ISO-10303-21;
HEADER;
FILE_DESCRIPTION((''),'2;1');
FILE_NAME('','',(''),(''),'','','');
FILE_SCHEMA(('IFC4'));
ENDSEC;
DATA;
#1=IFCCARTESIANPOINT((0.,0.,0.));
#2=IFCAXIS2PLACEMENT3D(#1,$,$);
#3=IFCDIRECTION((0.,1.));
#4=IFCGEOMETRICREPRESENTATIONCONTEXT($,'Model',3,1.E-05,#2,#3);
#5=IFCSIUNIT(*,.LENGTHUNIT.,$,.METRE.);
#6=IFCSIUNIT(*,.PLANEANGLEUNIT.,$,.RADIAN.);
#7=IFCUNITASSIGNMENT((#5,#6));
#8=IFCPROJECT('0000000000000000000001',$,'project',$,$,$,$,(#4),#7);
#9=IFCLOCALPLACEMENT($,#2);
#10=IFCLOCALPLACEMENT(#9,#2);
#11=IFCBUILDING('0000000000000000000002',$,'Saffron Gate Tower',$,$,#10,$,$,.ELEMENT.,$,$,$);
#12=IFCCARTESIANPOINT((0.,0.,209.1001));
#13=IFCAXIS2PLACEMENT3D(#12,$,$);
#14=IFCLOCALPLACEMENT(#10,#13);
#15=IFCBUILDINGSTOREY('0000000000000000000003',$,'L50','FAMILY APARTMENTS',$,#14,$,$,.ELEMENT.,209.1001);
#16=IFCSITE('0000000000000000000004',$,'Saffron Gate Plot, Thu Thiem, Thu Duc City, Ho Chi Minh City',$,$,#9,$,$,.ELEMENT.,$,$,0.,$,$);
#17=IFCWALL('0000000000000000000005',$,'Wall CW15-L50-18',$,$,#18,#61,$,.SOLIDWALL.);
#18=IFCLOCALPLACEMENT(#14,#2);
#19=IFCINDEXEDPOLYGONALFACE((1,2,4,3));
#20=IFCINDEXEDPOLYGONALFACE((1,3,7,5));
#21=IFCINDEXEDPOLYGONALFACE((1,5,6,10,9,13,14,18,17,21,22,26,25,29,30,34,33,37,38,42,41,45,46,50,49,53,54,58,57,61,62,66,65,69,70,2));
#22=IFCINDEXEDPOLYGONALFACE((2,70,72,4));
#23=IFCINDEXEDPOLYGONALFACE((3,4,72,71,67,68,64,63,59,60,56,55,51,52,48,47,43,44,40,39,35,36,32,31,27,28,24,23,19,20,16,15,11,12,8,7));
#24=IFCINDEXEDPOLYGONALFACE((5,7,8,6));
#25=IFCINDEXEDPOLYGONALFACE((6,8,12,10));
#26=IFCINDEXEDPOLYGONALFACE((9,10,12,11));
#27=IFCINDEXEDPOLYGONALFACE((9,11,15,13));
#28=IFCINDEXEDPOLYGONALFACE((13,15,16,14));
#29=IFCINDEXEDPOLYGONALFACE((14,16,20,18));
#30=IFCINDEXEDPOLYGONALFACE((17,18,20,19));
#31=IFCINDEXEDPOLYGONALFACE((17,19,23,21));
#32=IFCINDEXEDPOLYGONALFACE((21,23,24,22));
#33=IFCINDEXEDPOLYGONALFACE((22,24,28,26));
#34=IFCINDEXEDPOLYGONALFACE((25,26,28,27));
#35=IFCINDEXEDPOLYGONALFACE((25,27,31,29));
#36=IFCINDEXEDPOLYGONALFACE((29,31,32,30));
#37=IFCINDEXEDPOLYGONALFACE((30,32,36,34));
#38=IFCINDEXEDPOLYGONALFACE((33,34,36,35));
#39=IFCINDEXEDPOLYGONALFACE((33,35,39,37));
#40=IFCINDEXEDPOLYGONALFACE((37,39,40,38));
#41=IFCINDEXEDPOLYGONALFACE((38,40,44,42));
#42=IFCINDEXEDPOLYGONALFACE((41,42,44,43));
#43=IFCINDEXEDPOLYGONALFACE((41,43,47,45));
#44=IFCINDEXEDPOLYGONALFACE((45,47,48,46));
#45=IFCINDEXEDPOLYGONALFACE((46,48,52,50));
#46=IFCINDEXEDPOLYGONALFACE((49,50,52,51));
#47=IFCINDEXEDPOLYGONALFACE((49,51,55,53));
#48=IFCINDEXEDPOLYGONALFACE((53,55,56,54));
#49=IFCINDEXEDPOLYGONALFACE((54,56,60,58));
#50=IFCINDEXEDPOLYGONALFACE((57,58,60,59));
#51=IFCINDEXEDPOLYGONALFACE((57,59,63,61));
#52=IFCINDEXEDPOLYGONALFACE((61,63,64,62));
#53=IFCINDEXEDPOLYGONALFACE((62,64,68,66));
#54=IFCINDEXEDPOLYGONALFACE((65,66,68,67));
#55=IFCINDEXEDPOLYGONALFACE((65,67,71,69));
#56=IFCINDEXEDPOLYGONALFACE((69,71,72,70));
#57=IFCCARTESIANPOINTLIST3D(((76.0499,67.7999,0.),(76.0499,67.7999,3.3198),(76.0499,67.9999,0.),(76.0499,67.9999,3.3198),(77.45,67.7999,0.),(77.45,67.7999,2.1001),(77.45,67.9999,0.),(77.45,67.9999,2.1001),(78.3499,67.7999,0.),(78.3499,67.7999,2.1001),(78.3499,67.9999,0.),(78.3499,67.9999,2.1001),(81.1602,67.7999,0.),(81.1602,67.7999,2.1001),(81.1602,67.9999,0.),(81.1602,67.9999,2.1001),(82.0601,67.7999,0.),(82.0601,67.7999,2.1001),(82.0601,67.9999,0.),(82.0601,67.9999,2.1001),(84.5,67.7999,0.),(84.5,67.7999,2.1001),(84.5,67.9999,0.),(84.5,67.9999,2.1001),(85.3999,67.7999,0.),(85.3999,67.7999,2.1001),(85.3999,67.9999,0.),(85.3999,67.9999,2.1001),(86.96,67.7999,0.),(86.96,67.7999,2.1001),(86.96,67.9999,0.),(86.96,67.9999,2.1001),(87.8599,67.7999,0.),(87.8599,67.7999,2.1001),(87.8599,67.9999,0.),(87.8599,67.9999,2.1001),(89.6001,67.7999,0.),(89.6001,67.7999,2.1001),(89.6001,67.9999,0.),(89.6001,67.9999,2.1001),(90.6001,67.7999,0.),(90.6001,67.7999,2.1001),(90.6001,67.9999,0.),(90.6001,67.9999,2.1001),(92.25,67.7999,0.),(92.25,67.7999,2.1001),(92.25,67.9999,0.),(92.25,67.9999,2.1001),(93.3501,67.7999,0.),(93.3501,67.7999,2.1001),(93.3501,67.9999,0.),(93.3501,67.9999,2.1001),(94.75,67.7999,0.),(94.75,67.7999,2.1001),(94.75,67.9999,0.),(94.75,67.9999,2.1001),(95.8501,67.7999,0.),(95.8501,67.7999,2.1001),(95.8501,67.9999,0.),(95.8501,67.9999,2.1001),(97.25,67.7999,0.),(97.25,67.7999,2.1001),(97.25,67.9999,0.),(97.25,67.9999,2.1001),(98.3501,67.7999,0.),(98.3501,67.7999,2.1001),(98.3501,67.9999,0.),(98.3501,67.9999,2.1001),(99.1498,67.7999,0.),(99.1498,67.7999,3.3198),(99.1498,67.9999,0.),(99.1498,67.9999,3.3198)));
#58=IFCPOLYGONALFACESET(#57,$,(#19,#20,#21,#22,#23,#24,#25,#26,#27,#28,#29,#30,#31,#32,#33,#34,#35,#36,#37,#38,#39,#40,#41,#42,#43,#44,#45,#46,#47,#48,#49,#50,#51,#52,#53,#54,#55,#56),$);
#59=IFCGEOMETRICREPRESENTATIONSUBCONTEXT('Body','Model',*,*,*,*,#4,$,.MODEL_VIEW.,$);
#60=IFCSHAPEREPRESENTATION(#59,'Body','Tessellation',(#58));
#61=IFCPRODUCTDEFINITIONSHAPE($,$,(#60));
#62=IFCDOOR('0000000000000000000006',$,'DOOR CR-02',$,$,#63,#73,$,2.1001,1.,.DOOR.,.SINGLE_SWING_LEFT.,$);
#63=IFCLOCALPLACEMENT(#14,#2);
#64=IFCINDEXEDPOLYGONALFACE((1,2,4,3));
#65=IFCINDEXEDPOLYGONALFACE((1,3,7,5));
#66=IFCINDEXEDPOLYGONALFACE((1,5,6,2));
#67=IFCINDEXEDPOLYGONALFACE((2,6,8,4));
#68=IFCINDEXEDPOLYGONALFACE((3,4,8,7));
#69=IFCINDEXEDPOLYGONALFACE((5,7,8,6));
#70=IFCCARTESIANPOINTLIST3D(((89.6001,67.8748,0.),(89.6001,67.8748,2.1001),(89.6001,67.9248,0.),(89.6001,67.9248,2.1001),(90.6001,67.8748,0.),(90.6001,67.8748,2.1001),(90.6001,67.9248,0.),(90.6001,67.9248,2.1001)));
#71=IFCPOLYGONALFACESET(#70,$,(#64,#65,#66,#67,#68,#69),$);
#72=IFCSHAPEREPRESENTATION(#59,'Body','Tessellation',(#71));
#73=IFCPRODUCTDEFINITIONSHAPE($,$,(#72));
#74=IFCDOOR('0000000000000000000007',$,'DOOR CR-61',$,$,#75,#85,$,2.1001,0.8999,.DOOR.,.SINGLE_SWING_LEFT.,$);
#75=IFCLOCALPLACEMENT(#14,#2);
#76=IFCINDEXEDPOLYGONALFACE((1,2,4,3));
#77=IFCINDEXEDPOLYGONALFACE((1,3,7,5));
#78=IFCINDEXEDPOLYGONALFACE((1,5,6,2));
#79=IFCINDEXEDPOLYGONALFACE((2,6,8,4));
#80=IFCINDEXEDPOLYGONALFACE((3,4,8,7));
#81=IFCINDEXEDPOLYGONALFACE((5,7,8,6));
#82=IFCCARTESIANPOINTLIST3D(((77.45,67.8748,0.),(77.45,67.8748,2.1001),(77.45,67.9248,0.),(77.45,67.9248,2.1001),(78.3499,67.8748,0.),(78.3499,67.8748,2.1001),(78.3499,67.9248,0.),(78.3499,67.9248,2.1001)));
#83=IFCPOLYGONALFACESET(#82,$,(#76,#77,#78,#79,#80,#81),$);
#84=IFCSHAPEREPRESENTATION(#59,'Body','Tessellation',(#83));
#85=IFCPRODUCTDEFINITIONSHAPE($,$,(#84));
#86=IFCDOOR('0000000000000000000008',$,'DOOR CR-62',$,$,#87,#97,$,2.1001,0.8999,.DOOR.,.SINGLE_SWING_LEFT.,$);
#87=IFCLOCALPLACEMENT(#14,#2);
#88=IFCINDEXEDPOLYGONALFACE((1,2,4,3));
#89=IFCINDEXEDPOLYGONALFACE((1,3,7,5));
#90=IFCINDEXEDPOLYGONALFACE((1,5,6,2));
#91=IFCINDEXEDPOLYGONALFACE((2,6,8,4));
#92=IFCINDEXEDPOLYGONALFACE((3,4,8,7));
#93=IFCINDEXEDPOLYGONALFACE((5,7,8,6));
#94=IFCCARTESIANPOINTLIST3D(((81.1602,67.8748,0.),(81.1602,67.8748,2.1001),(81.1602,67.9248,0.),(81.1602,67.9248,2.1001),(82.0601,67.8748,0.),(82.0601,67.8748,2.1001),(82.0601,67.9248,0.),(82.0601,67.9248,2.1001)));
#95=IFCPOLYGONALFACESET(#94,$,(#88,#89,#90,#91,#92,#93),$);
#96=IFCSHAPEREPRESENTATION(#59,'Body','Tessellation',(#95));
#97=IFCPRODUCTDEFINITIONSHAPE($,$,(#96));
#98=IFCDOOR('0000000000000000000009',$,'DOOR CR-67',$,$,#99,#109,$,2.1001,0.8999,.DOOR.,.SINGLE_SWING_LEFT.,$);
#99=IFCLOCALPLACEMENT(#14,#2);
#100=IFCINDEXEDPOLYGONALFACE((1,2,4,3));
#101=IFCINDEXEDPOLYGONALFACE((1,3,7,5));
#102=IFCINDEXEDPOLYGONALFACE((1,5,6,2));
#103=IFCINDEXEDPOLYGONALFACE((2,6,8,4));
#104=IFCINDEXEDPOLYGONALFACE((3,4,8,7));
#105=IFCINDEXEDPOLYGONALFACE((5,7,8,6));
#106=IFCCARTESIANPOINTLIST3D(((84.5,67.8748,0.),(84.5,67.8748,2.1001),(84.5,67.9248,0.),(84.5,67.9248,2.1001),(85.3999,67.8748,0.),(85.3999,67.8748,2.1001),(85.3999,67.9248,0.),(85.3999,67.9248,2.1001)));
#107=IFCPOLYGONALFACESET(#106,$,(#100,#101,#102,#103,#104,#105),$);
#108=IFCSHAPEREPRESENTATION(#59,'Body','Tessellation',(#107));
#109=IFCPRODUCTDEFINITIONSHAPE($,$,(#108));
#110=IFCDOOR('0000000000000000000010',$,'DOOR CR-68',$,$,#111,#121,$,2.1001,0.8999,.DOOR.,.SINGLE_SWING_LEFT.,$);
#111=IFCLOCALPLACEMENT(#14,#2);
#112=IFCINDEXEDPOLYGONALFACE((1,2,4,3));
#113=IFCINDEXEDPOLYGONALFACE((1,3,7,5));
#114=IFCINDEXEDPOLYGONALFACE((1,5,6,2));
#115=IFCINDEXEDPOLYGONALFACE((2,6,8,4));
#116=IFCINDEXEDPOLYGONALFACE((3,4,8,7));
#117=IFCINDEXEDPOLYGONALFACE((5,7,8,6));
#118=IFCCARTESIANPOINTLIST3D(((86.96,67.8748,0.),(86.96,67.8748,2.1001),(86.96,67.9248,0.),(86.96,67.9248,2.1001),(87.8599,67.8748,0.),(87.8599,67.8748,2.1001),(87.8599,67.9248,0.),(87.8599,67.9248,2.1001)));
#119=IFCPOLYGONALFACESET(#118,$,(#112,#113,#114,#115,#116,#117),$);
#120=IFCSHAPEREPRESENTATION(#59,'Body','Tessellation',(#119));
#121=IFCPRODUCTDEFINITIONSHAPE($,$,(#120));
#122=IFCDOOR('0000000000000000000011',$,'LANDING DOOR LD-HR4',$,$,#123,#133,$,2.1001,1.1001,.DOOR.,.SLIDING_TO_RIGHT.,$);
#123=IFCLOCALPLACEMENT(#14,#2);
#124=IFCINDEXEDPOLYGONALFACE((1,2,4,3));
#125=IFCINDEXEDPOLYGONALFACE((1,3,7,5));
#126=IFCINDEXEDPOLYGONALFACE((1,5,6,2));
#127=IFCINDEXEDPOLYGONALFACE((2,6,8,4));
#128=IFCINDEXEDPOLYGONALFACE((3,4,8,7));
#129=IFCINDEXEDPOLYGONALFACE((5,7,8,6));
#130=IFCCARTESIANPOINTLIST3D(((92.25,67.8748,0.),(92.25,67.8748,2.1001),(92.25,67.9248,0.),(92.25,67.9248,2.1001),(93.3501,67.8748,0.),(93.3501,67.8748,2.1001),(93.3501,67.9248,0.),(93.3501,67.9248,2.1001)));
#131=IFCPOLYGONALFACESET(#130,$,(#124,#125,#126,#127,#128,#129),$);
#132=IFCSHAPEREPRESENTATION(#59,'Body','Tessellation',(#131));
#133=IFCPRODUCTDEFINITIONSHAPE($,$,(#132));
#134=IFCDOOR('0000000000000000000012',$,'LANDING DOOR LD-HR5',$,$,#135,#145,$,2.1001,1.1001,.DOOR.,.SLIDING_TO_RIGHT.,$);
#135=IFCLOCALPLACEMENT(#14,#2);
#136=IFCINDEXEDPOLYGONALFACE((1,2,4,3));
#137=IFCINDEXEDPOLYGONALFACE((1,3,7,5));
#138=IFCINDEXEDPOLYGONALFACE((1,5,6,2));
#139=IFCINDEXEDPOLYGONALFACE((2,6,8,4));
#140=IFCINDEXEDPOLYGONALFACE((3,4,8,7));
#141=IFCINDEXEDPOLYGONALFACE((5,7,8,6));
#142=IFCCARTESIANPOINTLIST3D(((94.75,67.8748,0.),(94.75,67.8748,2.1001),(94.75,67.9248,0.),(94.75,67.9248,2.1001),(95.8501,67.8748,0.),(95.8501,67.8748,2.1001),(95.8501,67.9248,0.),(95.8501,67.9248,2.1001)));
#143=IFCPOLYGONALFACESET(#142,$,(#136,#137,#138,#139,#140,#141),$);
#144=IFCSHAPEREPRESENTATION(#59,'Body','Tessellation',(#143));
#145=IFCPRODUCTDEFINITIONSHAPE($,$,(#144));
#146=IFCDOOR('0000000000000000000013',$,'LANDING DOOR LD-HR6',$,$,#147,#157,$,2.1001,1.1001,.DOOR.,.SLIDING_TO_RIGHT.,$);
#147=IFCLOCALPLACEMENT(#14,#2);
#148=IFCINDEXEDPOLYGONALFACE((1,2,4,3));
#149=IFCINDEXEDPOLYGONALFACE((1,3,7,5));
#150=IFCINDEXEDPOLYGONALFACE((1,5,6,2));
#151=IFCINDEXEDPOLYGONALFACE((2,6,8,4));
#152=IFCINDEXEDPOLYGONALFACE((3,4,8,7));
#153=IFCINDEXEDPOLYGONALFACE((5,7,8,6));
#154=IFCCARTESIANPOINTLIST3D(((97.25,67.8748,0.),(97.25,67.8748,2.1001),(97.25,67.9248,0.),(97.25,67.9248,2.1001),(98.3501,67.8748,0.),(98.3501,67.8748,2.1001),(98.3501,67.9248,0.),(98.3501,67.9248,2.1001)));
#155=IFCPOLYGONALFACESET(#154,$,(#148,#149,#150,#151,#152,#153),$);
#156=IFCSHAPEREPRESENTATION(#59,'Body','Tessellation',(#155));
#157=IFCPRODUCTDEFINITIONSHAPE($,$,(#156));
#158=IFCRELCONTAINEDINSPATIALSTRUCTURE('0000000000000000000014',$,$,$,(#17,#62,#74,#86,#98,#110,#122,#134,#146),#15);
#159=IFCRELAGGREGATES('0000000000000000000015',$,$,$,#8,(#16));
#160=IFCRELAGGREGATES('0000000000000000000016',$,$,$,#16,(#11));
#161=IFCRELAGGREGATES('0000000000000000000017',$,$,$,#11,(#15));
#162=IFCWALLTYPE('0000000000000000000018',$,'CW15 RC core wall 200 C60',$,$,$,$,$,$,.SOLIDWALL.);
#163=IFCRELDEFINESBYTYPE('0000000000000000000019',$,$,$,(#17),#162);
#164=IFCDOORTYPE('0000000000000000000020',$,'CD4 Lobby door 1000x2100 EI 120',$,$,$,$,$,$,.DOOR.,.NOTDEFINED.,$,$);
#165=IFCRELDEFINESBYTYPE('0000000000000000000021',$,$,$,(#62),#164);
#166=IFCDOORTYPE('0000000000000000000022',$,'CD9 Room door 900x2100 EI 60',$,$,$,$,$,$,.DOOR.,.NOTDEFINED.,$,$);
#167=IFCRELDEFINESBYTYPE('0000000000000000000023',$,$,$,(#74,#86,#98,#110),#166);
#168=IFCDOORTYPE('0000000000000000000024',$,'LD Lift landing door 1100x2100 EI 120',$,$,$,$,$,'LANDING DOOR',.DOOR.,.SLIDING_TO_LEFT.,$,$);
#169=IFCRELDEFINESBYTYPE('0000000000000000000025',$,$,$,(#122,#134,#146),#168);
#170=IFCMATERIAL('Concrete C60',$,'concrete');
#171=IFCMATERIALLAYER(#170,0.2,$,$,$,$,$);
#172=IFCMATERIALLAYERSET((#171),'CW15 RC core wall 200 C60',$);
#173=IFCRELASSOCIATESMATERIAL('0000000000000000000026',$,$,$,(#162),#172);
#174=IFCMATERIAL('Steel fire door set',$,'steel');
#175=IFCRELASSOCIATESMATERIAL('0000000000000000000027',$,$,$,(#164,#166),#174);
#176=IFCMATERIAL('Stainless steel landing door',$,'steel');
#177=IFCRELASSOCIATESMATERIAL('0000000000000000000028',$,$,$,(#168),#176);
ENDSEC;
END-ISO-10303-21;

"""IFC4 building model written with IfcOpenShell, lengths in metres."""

from ifc_helpers import new_model, si_unit, direction, frame, frame_2d, origin, place, context, subcontext, project, spatial, rectangle, extrude, material, layer, layer_set, type_object, element, fill, save


model = new_model("IFC4")

# Units and contexts
model_context = context("Model", 3, precision=1e-05, world=origin(), true_north=direction((0.0, 1.0)))
body_context = subcontext(model_context, "Body", "Model", "MODEL_VIEW")
ifc_project = project(units=[si_unit("LENGTHUNIT", "METRE"), si_unit("PLANEANGLEUNIT", "RADIAN")], contexts=[model_context])

# Site, building, storey
site_placement = place(None, origin())
site = spatial("IfcSite", under=ifc_project, at=site_placement, Name="Saffron Gate Plot, Thu Thiem, Thu Duc City, Ho Chi Minh City", CompositionType="ELEMENT", RefElevation=0.0)
building_placement = place(site_placement, origin())
building = spatial("IfcBuilding", under=site, at=building_placement, Name="Saffron Gate Tower", CompositionType="ELEMENT")
storey_placement = place(building_placement, frame((0.0, 0.0, 209.1001)))
storey = spatial("IfcBuildingStorey", under=building, at=storey_placement, Name="L50", Description="FAMILY APARTMENTS", CompositionType="ELEMENT", Elevation=209.1001)

# Shared definitions
ifc_material_1 = material(Name="Concrete C60", Category="concrete")

# Shared definitions
ifc_material_2 = material(Name="Steel fire door set", Category="steel")

# Wall, openings, doors
ifc_layer_1 = layer(ifc_material_1, 0.2)
ifc_layer_set_1 = layer_set([ifc_layer_1], Name="CW15 RC core wall 200 C60")
wall_type_1 = type_object("IfcWallType", Name="CW15 RC core wall 200 C60", PredefinedType="SOLIDWALL", material=ifc_layer_set_1)
wall_1_placement = place(storey_placement, frame((76.05, 67.8999, 0.0), z_axis=(0.0, 0.0, 1.0), x_axis=(1.0, 0.0, 0.0)))
wall_1 = element("IfcWall", 1, at=wall_1_placement, inside=storey, type_object=wall_type_1, Name="Wall CW15-L50-18", PredefinedType="SOLIDWALL", context=body_context, shape_type="SweptSolid", body=[
    extrude(rectangle(XDim=23.0999, YDim=0.2, at=frame_2d((11.5498, 0.0))), origin(), (0.0, 0.0, 1.0), 3.3198),
])
opening_1_placement = place(wall_1_placement, frame((1.3999, 0.0, 0.0)))
opening_1 = element("IfcOpeningElement", 2, at=opening_1_placement, cuts=wall_1, PredefinedType="OPENING", context=body_context, shape_type="SweptSolid", body=[
    extrude(rectangle(XDim=0.8999, YDim=2.1001, at=frame_2d((0.45, 1.05))), frame((0.0, 0.1099, 0.0), z_axis=(0.0, -1.0, 0.0), x_axis=(1.0, 0.0, 0.0)), (0.0, 0.0, 1.0), 0.22),
])
opening_2_placement = place(wall_1_placement, frame((5.1101, 0.0, 0.0)))
opening_2 = element("IfcOpeningElement", 3, at=opening_2_placement, cuts=wall_1, PredefinedType="OPENING", context=body_context, shape_type="SweptSolid", body=[
    extrude(rectangle(XDim=0.8999, YDim=2.1001, at=frame_2d((0.45, 1.05))), frame((0.0, 0.1099, 0.0), z_axis=(0.0, -1.0, 0.0), x_axis=(1.0, 0.0, 0.0)), (0.0, 0.0, 1.0), 0.22),
])
opening_3_placement = place(wall_1_placement, frame((8.45, 0.0, 0.0)))
opening_3 = element("IfcOpeningElement", 4, at=opening_3_placement, cuts=wall_1, PredefinedType="OPENING", context=body_context, shape_type="SweptSolid", body=[
    extrude(rectangle(XDim=0.8999, YDim=2.1001, at=frame_2d((0.45, 1.05))), frame((0.0, 0.1099, 0.0), z_axis=(0.0, -1.0, 0.0), x_axis=(1.0, 0.0, 0.0)), (0.0, 0.0, 1.0), 0.22),
])
opening_4_placement = place(wall_1_placement, frame((10.9099, 0.0, 0.0)))
opening_4 = element("IfcOpeningElement", 5, at=opening_4_placement, cuts=wall_1, PredefinedType="OPENING", context=body_context, shape_type="SweptSolid", body=[
    extrude(rectangle(XDim=0.8999, YDim=2.1001, at=frame_2d((0.45, 1.05))), frame((0.0, 0.1099, 0.0), z_axis=(0.0, -1.0, 0.0), x_axis=(1.0, 0.0, 0.0)), (0.0, 0.0, 1.0), 0.22),
])
opening_5_placement = place(wall_1_placement, frame((13.55, 0.0, 0.0)))
opening_5 = element("IfcOpeningElement", 6, at=opening_5_placement, cuts=wall_1, PredefinedType="OPENING", context=body_context, shape_type="SweptSolid", body=[
    extrude(rectangle(XDim=1.0, YDim=2.1001, at=frame_2d((0.5, 1.05))), frame((0.0, 0.1099, 0.0), z_axis=(0.0, -1.0, 0.0), x_axis=(1.0, 0.0, 0.0)), (0.0, 0.0, 1.0), 0.22),
])
opening_6_placement = place(wall_1_placement, frame((16.2, 0.0, 0.0)))
opening_6 = element("IfcOpeningElement", 7, at=opening_6_placement, cuts=wall_1, PredefinedType="OPENING", context=body_context, shape_type="SweptSolid", body=[
    extrude(rectangle(XDim=1.1001, YDim=2.1001, at=frame_2d((0.55, 1.05))), frame((0.0, 0.1099, 0.0), z_axis=(0.0, -1.0, 0.0), x_axis=(1.0, 0.0, 0.0)), (0.0, 0.0, 1.0), 0.22),
])
opening_7_placement = place(wall_1_placement, frame((18.7, 0.0, 0.0)))
opening_7 = element("IfcOpeningElement", 8, at=opening_7_placement, cuts=wall_1, PredefinedType="OPENING", context=body_context, shape_type="SweptSolid", body=[
    extrude(rectangle(XDim=1.1001, YDim=2.1001, at=frame_2d((0.55, 1.05))), frame((0.0, 0.1099, 0.0), z_axis=(0.0, -1.0, 0.0), x_axis=(1.0, 0.0, 0.0)), (0.0, 0.0, 1.0), 0.22),
])
opening_8_placement = place(wall_1_placement, frame((21.2, 0.0, 0.0)))
opening_8 = element("IfcOpeningElement", 9, at=opening_8_placement, cuts=wall_1, PredefinedType="OPENING", context=body_context, shape_type="SweptSolid", body=[
    extrude(rectangle(XDim=1.1001, YDim=2.1001, at=frame_2d((0.55, 1.05))), frame((0.0, 0.1099, 0.0), z_axis=(0.0, -1.0, 0.0), x_axis=(1.0, 0.0, 0.0)), (0.0, 0.0, 1.0), 0.22),
])
door_type_1 = type_object("IfcDoorType", Name="CD4 Lobby door 1000x2100 EI 120", OperationType="NOTDEFINED", PredefinedType="DOOR", material=ifc_material_2)
door_1_placement = place(opening_5_placement, origin())
door_1 = element("IfcDoor", 10, at=door_1_placement, inside=storey, type_object=door_type_1, Name="DOOR CR-02", OperationType="SINGLE_SWING_LEFT", OverallHeight=2.1001, OverallWidth=1.0, PredefinedType="DOOR", context=body_context, shape_type="SweptSolid", body=[
    extrude(rectangle(XDim=1.0, YDim=2.1001, at=frame_2d((0.5, 1.05))), frame((0.0, 0.0249, 0.0), z_axis=(0.0, -1.0, 0.0), x_axis=(1.0, 0.0, 0.0)), (0.0, 0.0, 1.0), 0.05),
])
fill(opening_5, door_1)
door_type_2 = type_object("IfcDoorType", Name="CD9 Room door 900x2100 EI 60", OperationType="NOTDEFINED", PredefinedType="DOOR", material=ifc_material_2)
door_2_placement = place(opening_1_placement, origin())
door_2 = element("IfcDoor", 11, at=door_2_placement, inside=storey, type_object=door_type_2, Name="DOOR CR-61", OperationType="SINGLE_SWING_LEFT", OverallHeight=2.1001, OverallWidth=0.8999, PredefinedType="DOOR", context=body_context, shape_type="SweptSolid", body=[
    extrude(rectangle(XDim=0.8999, YDim=2.1001, at=frame_2d((0.45, 1.05))), frame((0.0, 0.0249, 0.0), z_axis=(0.0, -1.0, 0.0), x_axis=(1.0, 0.0, 0.0)), (0.0, 0.0, 1.0), 0.05),
])
fill(opening_1, door_2)
door_3_placement = place(opening_2_placement, origin())
door_3 = element("IfcDoor", 12, at=door_3_placement, inside=storey, type_object=door_type_2, Name="DOOR CR-62", OperationType="SINGLE_SWING_LEFT", OverallHeight=2.1001, OverallWidth=0.8999, PredefinedType="DOOR", context=body_context, shape_type="SweptSolid", body=[
    extrude(rectangle(XDim=0.8999, YDim=2.1001, at=frame_2d((0.45, 1.05))), frame((0.0, 0.0249, 0.0), z_axis=(0.0, -1.0, 0.0), x_axis=(1.0, 0.0, 0.0)), (0.0, 0.0, 1.0), 0.05),
])
fill(opening_2, door_3)
door_4_placement = place(opening_3_placement, origin())
door_4 = element("IfcDoor", 13, at=door_4_placement, inside=storey, type_object=door_type_2, Name="DOOR CR-67", OperationType="SINGLE_SWING_LEFT", OverallHeight=2.1001, OverallWidth=0.8999, PredefinedType="DOOR", context=body_context, shape_type="SweptSolid", body=[
    extrude(rectangle(XDim=0.8999, YDim=2.1001, at=frame_2d((0.45, 1.05))), frame((0.0, 0.0249, 0.0), z_axis=(0.0, -1.0, 0.0), x_axis=(1.0, 0.0, 0.0)), (0.0, 0.0, 1.0), 0.05),
])
fill(opening_3, door_4)
door_5_placement = place(opening_4_placement, origin())
door_5 = element("IfcDoor", 14, at=door_5_placement, inside=storey, type_object=door_type_2, Name="DOOR CR-68", OperationType="SINGLE_SWING_LEFT", OverallHeight=2.1001, OverallWidth=0.8999, PredefinedType="DOOR", context=body_context, shape_type="SweptSolid", body=[
    extrude(rectangle(XDim=0.8999, YDim=2.1001, at=frame_2d((0.45, 1.05))), frame((0.0, 0.0249, 0.0), z_axis=(0.0, -1.0, 0.0), x_axis=(1.0, 0.0, 0.0)), (0.0, 0.0, 1.0), 0.05),
])
fill(opening_4, door_5)
ifc_material_3 = material(Name="Stainless steel landing door", Category="steel")
door_type_3 = type_object("IfcDoorType", Name="LD Lift landing door 1100x2100 EI 120", ElementType="LANDING DOOR", OperationType="SLIDING_TO_LEFT", PredefinedType="DOOR", material=ifc_material_3)
door_6_placement = place(opening_6_placement, origin())
door_6 = element("IfcDoor", 15, at=door_6_placement, inside=storey, type_object=door_type_3, Name="LANDING DOOR LD-HR4", OperationType="SLIDING_TO_RIGHT", OverallHeight=2.1001, OverallWidth=1.1001, PredefinedType="DOOR", context=body_context, shape_type="SweptSolid", body=[
    extrude(rectangle(XDim=1.1001, YDim=2.1001, at=frame_2d((0.55, 1.05))), frame((0.0, 0.0249, 0.0), z_axis=(0.0, -1.0, 0.0), x_axis=(1.0, 0.0, 0.0)), (0.0, 0.0, 1.0), 0.05),
])
fill(opening_6, door_6)
door_7_placement = place(opening_7_placement, origin())
door_7 = element("IfcDoor", 16, at=door_7_placement, inside=storey, type_object=door_type_3, Name="LANDING DOOR LD-HR5", OperationType="SLIDING_TO_RIGHT", OverallHeight=2.1001, OverallWidth=1.1001, PredefinedType="DOOR", context=body_context, shape_type="SweptSolid", body=[
    extrude(rectangle(XDim=1.1001, YDim=2.1001, at=frame_2d((0.55, 1.05))), frame((0.0, 0.0249, 0.0), z_axis=(0.0, -1.0, 0.0), x_axis=(1.0, 0.0, 0.0)), (0.0, 0.0, 1.0), 0.05),
])
fill(opening_7, door_7)
door_8_placement = place(opening_8_placement, origin())
door_8 = element("IfcDoor", 17, at=door_8_placement, inside=storey, type_object=door_type_3, Name="LANDING DOOR LD-HR6", OperationType="SLIDING_TO_RIGHT", OverallHeight=2.1001, OverallWidth=1.1001, PredefinedType="DOOR", context=body_context, shape_type="SweptSolid", body=[
    extrude(rectangle(XDim=1.1001, YDim=2.1001, at=frame_2d((0.55, 1.05))), frame((0.0, 0.0249, 0.0), z_axis=(0.0, -1.0, 0.0), x_axis=(1.0, 0.0, 0.0)), (0.0, 0.0, 1.0), 0.05),
])
fill(opening_8, door_8)

save(model, "model.ifc")
